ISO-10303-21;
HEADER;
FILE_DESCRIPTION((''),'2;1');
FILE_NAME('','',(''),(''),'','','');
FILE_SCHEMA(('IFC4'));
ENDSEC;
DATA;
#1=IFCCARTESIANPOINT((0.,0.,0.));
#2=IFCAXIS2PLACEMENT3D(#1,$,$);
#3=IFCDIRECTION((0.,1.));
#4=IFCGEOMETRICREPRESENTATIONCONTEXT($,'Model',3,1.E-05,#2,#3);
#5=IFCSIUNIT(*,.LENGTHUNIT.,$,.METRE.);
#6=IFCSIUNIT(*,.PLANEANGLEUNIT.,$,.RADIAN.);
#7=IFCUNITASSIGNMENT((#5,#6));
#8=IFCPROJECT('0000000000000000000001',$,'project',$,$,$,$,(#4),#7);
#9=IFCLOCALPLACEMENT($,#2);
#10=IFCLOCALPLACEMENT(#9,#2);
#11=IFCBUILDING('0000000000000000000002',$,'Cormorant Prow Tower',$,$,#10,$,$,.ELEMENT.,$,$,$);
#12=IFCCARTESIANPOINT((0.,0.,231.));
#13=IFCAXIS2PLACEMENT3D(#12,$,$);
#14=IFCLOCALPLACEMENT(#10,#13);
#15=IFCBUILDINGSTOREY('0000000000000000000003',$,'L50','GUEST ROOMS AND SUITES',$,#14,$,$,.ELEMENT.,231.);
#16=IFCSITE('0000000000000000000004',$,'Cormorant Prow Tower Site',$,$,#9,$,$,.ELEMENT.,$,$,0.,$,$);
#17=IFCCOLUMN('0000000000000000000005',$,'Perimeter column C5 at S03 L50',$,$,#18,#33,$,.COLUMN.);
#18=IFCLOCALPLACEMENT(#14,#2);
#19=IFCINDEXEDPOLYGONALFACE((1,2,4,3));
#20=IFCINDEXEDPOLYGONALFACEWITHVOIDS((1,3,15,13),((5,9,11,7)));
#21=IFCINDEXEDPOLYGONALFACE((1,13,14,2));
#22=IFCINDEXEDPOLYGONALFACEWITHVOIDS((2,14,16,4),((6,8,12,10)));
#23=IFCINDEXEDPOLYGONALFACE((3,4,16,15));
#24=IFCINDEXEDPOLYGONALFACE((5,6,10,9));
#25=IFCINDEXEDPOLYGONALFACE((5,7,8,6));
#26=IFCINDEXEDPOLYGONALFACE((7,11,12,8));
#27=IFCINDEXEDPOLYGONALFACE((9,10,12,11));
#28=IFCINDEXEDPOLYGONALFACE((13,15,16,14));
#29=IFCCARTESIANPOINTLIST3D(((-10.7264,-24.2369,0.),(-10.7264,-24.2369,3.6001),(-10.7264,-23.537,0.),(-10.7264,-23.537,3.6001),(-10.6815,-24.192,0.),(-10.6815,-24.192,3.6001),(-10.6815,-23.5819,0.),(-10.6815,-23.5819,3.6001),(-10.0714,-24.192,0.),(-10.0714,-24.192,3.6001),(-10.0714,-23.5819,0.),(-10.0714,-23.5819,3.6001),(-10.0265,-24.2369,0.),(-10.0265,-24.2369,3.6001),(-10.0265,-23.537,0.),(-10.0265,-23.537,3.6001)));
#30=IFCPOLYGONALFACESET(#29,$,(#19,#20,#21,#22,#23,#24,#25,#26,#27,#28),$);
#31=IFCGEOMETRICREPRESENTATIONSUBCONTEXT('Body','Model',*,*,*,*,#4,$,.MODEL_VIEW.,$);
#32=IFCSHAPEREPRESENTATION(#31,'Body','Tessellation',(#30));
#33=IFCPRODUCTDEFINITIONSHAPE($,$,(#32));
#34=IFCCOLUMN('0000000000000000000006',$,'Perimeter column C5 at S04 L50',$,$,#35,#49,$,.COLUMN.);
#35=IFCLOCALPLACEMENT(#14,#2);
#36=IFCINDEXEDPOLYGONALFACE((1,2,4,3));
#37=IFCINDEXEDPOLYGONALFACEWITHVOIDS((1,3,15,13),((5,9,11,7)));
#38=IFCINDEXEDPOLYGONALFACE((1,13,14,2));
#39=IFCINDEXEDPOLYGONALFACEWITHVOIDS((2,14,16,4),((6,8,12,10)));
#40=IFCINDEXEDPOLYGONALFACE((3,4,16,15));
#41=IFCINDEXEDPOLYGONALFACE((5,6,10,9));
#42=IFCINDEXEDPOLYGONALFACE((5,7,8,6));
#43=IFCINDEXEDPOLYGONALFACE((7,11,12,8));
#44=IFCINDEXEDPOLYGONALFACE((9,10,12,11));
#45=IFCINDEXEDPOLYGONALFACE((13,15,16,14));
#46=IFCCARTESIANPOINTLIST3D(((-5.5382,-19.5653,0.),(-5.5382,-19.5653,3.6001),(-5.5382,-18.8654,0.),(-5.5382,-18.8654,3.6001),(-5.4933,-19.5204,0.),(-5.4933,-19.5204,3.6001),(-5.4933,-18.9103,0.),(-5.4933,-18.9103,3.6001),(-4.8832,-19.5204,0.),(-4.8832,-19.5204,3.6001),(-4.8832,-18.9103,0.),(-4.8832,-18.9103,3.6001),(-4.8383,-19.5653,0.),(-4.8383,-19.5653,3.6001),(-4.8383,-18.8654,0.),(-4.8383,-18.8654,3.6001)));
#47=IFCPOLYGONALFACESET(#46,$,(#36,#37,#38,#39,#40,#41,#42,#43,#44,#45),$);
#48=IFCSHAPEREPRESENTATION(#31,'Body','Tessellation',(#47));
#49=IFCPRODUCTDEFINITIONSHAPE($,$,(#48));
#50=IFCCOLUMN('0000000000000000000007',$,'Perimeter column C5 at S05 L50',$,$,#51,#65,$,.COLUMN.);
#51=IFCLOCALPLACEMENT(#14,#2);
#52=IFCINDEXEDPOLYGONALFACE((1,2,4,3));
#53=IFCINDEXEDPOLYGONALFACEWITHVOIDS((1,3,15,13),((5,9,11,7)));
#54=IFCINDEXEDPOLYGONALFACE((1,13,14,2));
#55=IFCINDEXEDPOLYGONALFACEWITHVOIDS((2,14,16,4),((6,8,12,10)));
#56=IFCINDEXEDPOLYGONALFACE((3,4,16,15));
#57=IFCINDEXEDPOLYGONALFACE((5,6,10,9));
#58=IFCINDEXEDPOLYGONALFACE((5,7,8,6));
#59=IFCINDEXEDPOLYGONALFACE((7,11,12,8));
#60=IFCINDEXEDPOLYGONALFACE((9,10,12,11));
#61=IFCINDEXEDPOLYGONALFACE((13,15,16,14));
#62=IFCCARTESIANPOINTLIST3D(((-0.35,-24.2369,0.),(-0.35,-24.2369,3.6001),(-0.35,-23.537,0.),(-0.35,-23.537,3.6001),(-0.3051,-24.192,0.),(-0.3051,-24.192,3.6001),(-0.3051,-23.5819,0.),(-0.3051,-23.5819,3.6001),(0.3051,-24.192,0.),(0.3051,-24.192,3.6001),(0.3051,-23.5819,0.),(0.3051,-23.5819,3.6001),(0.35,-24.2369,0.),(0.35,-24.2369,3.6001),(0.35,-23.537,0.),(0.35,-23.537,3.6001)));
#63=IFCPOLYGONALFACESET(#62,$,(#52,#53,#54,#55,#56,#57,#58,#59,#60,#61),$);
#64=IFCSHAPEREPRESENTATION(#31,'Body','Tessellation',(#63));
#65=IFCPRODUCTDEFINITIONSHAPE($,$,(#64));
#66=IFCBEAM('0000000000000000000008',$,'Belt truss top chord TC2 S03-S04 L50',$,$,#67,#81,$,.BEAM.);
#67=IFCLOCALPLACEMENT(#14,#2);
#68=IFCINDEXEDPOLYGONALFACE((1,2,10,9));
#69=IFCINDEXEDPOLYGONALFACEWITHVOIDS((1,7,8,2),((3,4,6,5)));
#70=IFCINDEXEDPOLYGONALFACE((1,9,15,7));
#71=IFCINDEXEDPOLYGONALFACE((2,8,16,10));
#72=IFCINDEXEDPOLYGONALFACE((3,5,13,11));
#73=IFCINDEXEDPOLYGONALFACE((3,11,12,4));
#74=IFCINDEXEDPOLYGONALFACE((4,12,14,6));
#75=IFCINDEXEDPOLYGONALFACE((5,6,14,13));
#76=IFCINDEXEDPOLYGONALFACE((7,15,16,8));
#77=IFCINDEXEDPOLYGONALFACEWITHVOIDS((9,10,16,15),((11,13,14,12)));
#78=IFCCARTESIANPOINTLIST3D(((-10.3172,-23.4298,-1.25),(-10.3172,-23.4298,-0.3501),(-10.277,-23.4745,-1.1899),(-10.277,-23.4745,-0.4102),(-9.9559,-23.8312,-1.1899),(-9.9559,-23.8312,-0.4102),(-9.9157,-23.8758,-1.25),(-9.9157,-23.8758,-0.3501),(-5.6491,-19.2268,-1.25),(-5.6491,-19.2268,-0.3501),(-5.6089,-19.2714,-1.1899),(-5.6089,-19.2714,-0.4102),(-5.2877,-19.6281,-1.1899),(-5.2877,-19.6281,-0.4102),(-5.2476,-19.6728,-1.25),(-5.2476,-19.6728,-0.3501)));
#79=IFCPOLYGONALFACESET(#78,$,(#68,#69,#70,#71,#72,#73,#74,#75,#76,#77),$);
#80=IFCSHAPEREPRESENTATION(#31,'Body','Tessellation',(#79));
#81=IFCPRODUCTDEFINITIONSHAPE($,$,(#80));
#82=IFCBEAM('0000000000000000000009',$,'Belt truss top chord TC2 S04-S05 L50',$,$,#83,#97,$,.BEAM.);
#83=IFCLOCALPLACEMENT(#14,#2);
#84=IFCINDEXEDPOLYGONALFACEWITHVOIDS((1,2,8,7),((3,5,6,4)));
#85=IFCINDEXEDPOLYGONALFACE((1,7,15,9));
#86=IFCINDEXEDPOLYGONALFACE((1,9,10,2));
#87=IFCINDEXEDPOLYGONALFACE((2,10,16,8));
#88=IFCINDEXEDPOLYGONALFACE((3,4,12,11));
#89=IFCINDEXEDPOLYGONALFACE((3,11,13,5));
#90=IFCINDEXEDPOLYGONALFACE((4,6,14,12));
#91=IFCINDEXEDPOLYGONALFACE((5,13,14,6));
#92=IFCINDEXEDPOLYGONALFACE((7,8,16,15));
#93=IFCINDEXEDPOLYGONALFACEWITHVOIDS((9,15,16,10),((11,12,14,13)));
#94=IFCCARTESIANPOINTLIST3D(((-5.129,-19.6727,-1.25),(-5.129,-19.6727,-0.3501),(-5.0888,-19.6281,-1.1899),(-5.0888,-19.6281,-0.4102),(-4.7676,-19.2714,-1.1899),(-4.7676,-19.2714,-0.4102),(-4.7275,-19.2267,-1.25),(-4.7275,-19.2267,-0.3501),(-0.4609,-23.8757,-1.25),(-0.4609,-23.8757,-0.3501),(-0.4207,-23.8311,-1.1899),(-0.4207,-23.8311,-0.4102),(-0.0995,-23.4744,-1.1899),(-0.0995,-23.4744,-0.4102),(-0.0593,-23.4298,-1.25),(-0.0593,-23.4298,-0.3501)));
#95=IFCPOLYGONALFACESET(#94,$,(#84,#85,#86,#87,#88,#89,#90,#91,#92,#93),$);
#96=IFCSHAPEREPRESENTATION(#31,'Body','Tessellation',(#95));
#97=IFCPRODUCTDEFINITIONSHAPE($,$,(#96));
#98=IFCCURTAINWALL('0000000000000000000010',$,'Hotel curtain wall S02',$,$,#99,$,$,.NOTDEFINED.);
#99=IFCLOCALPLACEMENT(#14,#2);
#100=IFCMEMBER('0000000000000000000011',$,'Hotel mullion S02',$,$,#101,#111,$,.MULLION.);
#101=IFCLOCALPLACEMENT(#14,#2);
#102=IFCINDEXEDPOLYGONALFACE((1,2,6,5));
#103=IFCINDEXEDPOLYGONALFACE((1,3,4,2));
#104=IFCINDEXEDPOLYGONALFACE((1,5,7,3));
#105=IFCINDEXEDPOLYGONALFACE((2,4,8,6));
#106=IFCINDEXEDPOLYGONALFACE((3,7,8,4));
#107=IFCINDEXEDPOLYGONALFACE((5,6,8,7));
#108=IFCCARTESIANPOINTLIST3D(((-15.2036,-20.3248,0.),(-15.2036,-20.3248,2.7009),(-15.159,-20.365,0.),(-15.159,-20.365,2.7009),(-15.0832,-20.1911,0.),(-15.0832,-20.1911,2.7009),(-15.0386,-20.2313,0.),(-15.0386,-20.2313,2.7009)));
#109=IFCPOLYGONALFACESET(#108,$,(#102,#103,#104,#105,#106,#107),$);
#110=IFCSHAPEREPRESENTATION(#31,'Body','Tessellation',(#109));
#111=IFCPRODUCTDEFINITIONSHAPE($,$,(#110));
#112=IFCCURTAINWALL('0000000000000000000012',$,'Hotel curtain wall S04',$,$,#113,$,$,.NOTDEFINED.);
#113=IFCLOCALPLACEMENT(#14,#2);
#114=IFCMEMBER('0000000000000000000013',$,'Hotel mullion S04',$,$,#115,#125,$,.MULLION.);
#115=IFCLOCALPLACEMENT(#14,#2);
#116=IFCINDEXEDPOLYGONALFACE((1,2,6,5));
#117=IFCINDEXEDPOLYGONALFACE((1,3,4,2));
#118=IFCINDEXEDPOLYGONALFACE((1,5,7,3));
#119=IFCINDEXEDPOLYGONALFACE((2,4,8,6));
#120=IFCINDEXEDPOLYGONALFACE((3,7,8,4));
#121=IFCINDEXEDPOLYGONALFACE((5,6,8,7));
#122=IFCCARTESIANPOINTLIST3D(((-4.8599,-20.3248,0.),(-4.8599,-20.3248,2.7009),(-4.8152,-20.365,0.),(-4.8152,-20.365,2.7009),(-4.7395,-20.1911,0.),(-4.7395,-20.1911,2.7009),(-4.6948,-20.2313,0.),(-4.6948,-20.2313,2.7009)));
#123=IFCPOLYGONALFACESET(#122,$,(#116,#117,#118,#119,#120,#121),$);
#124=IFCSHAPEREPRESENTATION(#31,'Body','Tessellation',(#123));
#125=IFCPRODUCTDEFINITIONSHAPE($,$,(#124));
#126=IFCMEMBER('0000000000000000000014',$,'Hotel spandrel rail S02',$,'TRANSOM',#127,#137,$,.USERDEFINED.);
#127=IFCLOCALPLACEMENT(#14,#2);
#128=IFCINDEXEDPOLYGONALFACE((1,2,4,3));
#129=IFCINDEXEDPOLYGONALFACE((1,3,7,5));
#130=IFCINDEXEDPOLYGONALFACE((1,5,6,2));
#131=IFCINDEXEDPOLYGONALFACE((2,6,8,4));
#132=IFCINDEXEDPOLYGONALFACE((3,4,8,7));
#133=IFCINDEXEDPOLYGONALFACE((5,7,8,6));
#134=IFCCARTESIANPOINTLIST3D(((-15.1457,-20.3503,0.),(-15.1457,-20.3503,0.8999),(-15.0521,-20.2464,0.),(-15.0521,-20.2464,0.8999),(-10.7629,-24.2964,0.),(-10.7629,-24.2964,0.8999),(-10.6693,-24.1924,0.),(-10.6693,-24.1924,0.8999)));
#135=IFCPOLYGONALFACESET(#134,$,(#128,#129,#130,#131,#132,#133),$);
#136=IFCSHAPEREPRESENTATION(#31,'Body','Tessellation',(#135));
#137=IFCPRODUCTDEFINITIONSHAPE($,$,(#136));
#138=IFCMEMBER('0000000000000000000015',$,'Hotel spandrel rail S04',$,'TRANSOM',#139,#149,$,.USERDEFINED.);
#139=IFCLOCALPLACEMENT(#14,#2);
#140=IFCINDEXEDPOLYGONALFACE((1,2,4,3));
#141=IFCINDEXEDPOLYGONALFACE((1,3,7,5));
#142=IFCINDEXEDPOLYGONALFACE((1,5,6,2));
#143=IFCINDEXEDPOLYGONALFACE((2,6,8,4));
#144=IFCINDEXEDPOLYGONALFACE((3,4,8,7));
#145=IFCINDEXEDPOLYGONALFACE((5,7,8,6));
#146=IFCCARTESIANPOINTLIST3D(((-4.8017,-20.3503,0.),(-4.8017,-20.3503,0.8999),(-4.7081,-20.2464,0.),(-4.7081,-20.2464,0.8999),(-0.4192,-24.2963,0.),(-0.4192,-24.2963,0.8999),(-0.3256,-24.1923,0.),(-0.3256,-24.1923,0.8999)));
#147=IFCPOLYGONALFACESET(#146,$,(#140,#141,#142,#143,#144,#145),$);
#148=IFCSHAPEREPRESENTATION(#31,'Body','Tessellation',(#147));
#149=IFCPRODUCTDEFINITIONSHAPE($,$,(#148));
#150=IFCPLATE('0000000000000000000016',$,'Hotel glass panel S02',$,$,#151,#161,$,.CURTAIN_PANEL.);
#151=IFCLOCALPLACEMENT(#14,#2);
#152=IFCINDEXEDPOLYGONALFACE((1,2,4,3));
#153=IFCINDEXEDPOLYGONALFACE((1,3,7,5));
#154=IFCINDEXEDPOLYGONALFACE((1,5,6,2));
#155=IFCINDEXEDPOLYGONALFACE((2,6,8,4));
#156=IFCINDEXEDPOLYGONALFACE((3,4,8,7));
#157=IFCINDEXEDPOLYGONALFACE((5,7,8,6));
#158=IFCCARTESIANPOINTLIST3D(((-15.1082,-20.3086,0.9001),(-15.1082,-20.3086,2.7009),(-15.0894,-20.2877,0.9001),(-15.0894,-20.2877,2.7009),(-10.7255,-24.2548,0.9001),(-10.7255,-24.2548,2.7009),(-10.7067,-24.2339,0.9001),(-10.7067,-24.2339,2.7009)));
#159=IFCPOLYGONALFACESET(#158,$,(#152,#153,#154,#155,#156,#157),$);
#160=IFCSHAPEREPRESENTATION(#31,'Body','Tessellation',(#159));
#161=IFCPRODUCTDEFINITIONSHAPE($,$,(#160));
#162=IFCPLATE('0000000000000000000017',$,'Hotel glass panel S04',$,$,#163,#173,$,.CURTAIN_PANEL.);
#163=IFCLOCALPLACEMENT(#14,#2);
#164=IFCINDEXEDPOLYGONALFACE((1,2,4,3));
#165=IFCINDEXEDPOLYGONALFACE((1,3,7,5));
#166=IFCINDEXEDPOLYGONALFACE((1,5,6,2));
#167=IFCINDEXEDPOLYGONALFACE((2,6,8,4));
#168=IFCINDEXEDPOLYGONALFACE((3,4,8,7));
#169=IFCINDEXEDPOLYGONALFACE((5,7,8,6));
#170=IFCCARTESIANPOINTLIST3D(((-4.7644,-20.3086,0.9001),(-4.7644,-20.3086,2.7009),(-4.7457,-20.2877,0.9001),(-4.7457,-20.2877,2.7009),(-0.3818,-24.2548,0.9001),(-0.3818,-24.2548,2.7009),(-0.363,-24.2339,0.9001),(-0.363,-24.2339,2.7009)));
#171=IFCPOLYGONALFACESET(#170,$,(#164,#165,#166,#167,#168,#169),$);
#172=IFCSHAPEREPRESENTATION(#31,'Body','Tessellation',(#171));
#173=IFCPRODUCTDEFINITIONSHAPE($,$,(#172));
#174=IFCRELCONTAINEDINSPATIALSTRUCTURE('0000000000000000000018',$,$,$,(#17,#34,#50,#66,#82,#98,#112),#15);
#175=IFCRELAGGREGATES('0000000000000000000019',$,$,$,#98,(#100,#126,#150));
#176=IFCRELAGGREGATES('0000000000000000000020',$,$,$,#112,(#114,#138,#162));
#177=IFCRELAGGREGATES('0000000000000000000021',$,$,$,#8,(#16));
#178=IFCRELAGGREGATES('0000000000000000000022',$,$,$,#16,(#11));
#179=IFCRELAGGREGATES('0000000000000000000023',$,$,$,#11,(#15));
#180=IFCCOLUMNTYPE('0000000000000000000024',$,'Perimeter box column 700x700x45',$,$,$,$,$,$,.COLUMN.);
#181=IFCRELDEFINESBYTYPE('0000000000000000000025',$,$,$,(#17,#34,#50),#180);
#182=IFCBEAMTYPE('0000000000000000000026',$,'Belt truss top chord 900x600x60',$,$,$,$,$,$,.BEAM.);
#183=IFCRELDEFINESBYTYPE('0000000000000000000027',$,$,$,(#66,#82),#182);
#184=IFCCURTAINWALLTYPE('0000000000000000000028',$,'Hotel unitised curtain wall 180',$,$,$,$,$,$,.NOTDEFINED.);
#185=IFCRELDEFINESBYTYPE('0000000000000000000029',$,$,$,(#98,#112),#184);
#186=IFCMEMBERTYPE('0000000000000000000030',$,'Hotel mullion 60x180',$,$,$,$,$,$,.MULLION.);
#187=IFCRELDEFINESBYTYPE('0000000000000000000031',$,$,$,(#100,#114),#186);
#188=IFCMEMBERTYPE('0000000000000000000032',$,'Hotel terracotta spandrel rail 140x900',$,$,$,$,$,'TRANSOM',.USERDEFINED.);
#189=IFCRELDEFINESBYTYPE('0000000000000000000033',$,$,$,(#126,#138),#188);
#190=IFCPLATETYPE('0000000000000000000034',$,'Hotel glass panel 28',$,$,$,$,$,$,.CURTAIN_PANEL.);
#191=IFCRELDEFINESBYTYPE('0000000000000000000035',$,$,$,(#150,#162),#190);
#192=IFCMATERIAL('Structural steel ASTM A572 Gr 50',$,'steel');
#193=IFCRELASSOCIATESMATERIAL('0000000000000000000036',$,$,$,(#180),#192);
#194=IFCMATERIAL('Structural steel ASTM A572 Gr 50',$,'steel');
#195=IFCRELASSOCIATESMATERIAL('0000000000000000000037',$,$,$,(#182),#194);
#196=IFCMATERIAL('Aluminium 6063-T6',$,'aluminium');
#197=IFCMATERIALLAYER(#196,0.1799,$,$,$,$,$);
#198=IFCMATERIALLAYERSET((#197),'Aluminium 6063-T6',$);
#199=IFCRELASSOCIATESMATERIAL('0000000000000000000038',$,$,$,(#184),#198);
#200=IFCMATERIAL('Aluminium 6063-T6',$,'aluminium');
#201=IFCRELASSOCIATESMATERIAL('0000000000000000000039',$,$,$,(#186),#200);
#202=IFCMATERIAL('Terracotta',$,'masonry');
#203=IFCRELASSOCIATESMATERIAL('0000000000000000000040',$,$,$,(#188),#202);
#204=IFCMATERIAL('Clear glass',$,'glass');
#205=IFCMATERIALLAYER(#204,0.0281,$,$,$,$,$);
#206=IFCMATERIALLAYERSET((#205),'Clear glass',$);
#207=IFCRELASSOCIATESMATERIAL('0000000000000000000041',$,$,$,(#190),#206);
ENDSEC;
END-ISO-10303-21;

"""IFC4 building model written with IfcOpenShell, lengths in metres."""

from ifc_helpers import new_model, si_unit, direction, frame, origin, origin_2d, place, context, subcontext, project, spatial, rectangle, hollow_rectangle, extrude, material, layer, layer_set, material_profile, profile_set, type_object, element, aggregate, save


model = new_model("IFC4")

# Units and contexts
model_context = context("Model", 3, precision=1e-05, world=origin(), true_north=direction((0.0, 1.0)))
body_context = subcontext(model_context, "Body", "Model", "MODEL_VIEW")
ifc_project = project(units=[si_unit("LENGTHUNIT", "METRE"), si_unit("PLANEANGLEUNIT", "RADIAN")], contexts=[model_context])

# Site, building, storey
site_placement = place(None, origin())
site = spatial("IfcSite", under=ifc_project, at=site_placement, Name="Cormorant Prow Tower Site", CompositionType="ELEMENT", RefElevation=0.0)
building_placement = place(site_placement, origin())
building = spatial("IfcBuilding", under=site, at=building_placement, Name="Cormorant Prow Tower", CompositionType="ELEMENT")
storey_placement = place(building_placement, frame((0.0, 0.0, 231.0)))
storey = spatial("IfcBuildingStorey", under=building, at=storey_placement, Name="L50", Description="GUEST ROOMS AND SUITES", CompositionType="ELEMENT", Elevation=231.0)

# Columns
ifc_material_1 = material(Name="Structural steel ASTM A572 Gr 50", Category="steel")
ifc_material_profile_1 = material_profile(ifc_material_1, hollow_rectangle(XDim=0.7, YDim=0.7, WallThickness=0.0449, at=origin_2d()), Name="Box 700x700x45")
ifc_profile_set_1 = profile_set([ifc_material_profile_1], Name="Structural steel ASTM A572 Gr 50")
column_type = type_object("IfcColumnType", Name="Perimeter box column 700x700x45", PredefinedType="COLUMN", material=ifc_profile_set_1)
for number, where, z_axis, x_axis, name in (
    (1, (-10.3765, -23.887, 0.0), (0.0, 0.0, 1.0), (1.0, 0.0, 0.0), "Perimeter column C5 at S03 L50"),
    (2, (-5.1882, -19.2153, 0.0), (0.0, 0.0, 1.0), (1.0, 0.0, 0.0), "Perimeter column C5 at S04 L50"),
    (3, (0.0, -23.887, 0.0), (0.0, 0.0, 1.0), (1.0, 0.0, 0.0), "Perimeter column C5 at S05 L50"),
):
    element("IfcColumn", number, at=place(storey_placement, frame(where, z_axis=z_axis, x_axis=x_axis)), inside=storey, type_object=column_type, Name=name, PredefinedType="COLUMN", context=body_context, shape_type="SweptSolid", body=[
        extrude(hollow_rectangle(XDim=0.7, YDim=0.7, WallThickness=0.0449, at=origin_2d()), origin(), (0.0, 0.0, 1.0), 3.6001),
    ])

# Beams
ifc_material_2 = material(Name="Structural steel ASTM A572 Gr 50", Category="steel")
ifc_material_profile_2 = material_profile(ifc_material_2, hollow_rectangle(XDim=0.6001, YDim=0.8999, WallThickness=0.0601, at=origin_2d()), Name="Box 900x600x60")
ifc_profile_set_2 = profile_set([ifc_material_profile_2], Name="Structural steel ASTM A572 Gr 50")
beam_type = type_object("IfcBeamType", Name="Belt truss top chord 900x600x60", PredefinedType="BEAM", material=ifc_profile_set_2)
for number, where, z_axis, x_axis, name in (
    (4, (-10.1165, -23.6528, -0.8), (0.743157, 0.669117, 0.0), (-0.669117, 0.743157, 0.0), "Belt truss top chord TC2 S03-S04 L50"),
    (5, (-4.9282, -19.4497, -0.8), (0.743157, -0.669117, 0.0), (0.669117, 0.743157, 0.0), "Belt truss top chord TC2 S04-S05 L50"),
):
    element("IfcBeam", number, at=place(storey_placement, frame(where, z_axis=z_axis, x_axis=x_axis)), inside=storey, type_object=beam_type, Name=name, PredefinedType="BEAM", context=body_context, shape_type="SweptSolid", body=[
        extrude(hollow_rectangle(XDim=0.6001, YDim=0.8999, WallThickness=0.0601, at=origin_2d()), origin(), (0.0, 0.0, 1.0), 6.2815),
    ])

# Curtain walls, members
ifc_material_3 = material(Name="Aluminium 6063-T6", Category="aluminium")
ifc_layer_1 = layer(ifc_material_3, 0.1799)
ifc_layer_set_1 = layer_set([ifc_layer_1], Name="Aluminium 6063-T6")
curtain_wall_type = type_object("IfcCurtainWallType", Name="Hotel unitised curtain wall 180", PredefinedType="NOTDEFINED", material=ifc_layer_set_1)
curtain_wall_1_placement = place(storey_placement, origin())
curtain_wall_1 = element("IfcCurtainWall", 6, at=curtain_wall_1_placement, inside=storey, type_object=curtain_wall_type, Name="Hotel curtain wall S02", PredefinedType="NOTDEFINED")
ifc_material_4 = material(Name="Aluminium 6063-T6", Category="aluminium")
ifc_material_profile_3 = material_profile(ifc_material_4, rectangle(XDim=0.1799, YDim=0.0601, at=origin_2d()), Name="Hotel mullion 60x180")
ifc_profile_set_3 = profile_set([ifc_material_profile_3], Name="Aluminium 6063-T6")
member_type_1 = type_object("IfcMemberType", Name="Hotel mullion 60x180", PredefinedType="MULLION", material=ifc_profile_set_3)
member_1_placement = place(storey_placement, frame((-15.1211, -20.2781, 0.0), z_axis=(0.0, 0.0, 1.0), x_axis=(0.669131, 0.743145, 0.0)))
member_1 = element("IfcMember", 7, at=member_1_placement, type_object=member_type_1, Name="Hotel mullion S02", PredefinedType="MULLION", context=body_context, shape_type="SweptSolid", body=[
    extrude(rectangle(XDim=0.1799, YDim=0.0601, at=origin_2d()), origin(), (0.0, 0.0, 1.0), 2.7009),
])
curtain_wall_2_placement = place(storey_placement, origin())
curtain_wall_2 = element("IfcCurtainWall", 8, at=curtain_wall_2_placement, inside=storey, type_object=curtain_wall_type, Name="Hotel curtain wall S04", PredefinedType="NOTDEFINED")
member_2_placement = place(storey_placement, frame((-4.7773, -20.2781, 0.0), z_axis=(0.0, 0.0, 1.0), x_axis=(0.669131, 0.743145, 0.0)))
member_2 = element("IfcMember", 9, at=member_2_placement, type_object=member_type_1, Name="Hotel mullion S04", PredefinedType="MULLION", context=body_context, shape_type="SweptSolid", body=[
    extrude(rectangle(XDim=0.1799, YDim=0.0601, at=origin_2d()), origin(), (0.0, 0.0, 1.0), 2.7009),
])

# Members
ifc_material_5 = material(Name="Terracotta", Category="masonry")
ifc_material_profile_4 = material_profile(ifc_material_5, rectangle(XDim=0.1399, YDim=0.8999, at=origin_2d()), Name="Hotel terracotta spandrel rail 140x900")
ifc_profile_set_4 = profile_set([ifc_material_profile_4], Name="Terracotta")
member_type_2 = type_object("IfcMemberType", Name="Hotel terracotta spandrel rail 140x900", ElementType="TRANSOM", PredefinedType="USERDEFINED", material=ifc_profile_set_4)
member_3_placement = place(storey_placement, frame((-15.0989, -20.2983, 0.45), z_axis=(0.743167, -0.669107, 0.0), x_axis=(0.669107, 0.743167, 0.0)))
member_3 = element("IfcMember", 10, at=member_3_placement, type_object=member_type_2, Name="Hotel spandrel rail S02", ObjectType="TRANSOM", PredefinedType="USERDEFINED", context=body_context, shape_type="SweptSolid", body=[
    extrude(rectangle(XDim=0.1399, YDim=0.8999, at=origin_2d()), origin(), (0.0, 0.0, 1.0), 5.8975),
])
member_4_placement = place(storey_placement, frame((-4.7549, -20.2983, 0.45), z_axis=(0.743148, -0.669127, 0.0), x_axis=(0.669127, 0.743148, 0.0)))
member_4 = element("IfcMember", 11, at=member_4_placement, type_object=member_type_2, Name="Hotel spandrel rail S04", ObjectType="TRANSOM", PredefinedType="USERDEFINED", context=body_context, shape_type="SweptSolid", body=[
    extrude(rectangle(XDim=0.1399, YDim=0.8999, at=origin_2d()), origin(), (0.0, 0.0, 1.0), 5.8972),
])

# Plates
ifc_material_6 = material(Name="Clear glass", Category="glass")
ifc_layer_2 = layer(ifc_material_6, 0.0281)
ifc_layer_set_2 = layer_set([ifc_layer_2], Name="Clear glass")
plate_type = type_object("IfcPlateType", Name="Hotel glass panel 28", PredefinedType="CURTAIN_PANEL", material=ifc_layer_set_2)
plate_1_placement = place(storey_placement, frame((-12.9075, -22.2712, 0.9001), z_axis=(0.0, 0.0, 1.0), x_axis=(0.743145, -0.669131, 0.0)))
plate_1 = element("IfcPlate", 12, at=plate_1_placement, type_object=plate_type, Name="Hotel glass panel S02", PredefinedType="CURTAIN_PANEL", context=body_context, shape_type="SweptSolid", body=[
    extrude(rectangle(XDim=5.8975, YDim=0.0281, at=origin_2d()), origin(), (0.0, 0.0, 1.0), 1.8008),
])
aggregate(curtain_wall_1, [member_1, member_3, plate_1])
plate_2_placement = place(storey_placement, frame((-2.5637, -22.2712, 0.9001), z_axis=(0.0, 0.0, 1.0), x_axis=(0.743145, -0.669131, 0.0)))
plate_2 = element("IfcPlate", 13, at=plate_2_placement, type_object=plate_type, Name="Hotel glass panel S04", PredefinedType="CURTAIN_PANEL", context=body_context, shape_type="SweptSolid", body=[
    extrude(rectangle(XDim=5.8975, YDim=0.0281, at=origin_2d()), origin(), (0.0, 0.0, 1.0), 1.8008),
])
aggregate(curtain_wall_2, [member_2, member_4, plate_2])

save(model, "model.ifc")
